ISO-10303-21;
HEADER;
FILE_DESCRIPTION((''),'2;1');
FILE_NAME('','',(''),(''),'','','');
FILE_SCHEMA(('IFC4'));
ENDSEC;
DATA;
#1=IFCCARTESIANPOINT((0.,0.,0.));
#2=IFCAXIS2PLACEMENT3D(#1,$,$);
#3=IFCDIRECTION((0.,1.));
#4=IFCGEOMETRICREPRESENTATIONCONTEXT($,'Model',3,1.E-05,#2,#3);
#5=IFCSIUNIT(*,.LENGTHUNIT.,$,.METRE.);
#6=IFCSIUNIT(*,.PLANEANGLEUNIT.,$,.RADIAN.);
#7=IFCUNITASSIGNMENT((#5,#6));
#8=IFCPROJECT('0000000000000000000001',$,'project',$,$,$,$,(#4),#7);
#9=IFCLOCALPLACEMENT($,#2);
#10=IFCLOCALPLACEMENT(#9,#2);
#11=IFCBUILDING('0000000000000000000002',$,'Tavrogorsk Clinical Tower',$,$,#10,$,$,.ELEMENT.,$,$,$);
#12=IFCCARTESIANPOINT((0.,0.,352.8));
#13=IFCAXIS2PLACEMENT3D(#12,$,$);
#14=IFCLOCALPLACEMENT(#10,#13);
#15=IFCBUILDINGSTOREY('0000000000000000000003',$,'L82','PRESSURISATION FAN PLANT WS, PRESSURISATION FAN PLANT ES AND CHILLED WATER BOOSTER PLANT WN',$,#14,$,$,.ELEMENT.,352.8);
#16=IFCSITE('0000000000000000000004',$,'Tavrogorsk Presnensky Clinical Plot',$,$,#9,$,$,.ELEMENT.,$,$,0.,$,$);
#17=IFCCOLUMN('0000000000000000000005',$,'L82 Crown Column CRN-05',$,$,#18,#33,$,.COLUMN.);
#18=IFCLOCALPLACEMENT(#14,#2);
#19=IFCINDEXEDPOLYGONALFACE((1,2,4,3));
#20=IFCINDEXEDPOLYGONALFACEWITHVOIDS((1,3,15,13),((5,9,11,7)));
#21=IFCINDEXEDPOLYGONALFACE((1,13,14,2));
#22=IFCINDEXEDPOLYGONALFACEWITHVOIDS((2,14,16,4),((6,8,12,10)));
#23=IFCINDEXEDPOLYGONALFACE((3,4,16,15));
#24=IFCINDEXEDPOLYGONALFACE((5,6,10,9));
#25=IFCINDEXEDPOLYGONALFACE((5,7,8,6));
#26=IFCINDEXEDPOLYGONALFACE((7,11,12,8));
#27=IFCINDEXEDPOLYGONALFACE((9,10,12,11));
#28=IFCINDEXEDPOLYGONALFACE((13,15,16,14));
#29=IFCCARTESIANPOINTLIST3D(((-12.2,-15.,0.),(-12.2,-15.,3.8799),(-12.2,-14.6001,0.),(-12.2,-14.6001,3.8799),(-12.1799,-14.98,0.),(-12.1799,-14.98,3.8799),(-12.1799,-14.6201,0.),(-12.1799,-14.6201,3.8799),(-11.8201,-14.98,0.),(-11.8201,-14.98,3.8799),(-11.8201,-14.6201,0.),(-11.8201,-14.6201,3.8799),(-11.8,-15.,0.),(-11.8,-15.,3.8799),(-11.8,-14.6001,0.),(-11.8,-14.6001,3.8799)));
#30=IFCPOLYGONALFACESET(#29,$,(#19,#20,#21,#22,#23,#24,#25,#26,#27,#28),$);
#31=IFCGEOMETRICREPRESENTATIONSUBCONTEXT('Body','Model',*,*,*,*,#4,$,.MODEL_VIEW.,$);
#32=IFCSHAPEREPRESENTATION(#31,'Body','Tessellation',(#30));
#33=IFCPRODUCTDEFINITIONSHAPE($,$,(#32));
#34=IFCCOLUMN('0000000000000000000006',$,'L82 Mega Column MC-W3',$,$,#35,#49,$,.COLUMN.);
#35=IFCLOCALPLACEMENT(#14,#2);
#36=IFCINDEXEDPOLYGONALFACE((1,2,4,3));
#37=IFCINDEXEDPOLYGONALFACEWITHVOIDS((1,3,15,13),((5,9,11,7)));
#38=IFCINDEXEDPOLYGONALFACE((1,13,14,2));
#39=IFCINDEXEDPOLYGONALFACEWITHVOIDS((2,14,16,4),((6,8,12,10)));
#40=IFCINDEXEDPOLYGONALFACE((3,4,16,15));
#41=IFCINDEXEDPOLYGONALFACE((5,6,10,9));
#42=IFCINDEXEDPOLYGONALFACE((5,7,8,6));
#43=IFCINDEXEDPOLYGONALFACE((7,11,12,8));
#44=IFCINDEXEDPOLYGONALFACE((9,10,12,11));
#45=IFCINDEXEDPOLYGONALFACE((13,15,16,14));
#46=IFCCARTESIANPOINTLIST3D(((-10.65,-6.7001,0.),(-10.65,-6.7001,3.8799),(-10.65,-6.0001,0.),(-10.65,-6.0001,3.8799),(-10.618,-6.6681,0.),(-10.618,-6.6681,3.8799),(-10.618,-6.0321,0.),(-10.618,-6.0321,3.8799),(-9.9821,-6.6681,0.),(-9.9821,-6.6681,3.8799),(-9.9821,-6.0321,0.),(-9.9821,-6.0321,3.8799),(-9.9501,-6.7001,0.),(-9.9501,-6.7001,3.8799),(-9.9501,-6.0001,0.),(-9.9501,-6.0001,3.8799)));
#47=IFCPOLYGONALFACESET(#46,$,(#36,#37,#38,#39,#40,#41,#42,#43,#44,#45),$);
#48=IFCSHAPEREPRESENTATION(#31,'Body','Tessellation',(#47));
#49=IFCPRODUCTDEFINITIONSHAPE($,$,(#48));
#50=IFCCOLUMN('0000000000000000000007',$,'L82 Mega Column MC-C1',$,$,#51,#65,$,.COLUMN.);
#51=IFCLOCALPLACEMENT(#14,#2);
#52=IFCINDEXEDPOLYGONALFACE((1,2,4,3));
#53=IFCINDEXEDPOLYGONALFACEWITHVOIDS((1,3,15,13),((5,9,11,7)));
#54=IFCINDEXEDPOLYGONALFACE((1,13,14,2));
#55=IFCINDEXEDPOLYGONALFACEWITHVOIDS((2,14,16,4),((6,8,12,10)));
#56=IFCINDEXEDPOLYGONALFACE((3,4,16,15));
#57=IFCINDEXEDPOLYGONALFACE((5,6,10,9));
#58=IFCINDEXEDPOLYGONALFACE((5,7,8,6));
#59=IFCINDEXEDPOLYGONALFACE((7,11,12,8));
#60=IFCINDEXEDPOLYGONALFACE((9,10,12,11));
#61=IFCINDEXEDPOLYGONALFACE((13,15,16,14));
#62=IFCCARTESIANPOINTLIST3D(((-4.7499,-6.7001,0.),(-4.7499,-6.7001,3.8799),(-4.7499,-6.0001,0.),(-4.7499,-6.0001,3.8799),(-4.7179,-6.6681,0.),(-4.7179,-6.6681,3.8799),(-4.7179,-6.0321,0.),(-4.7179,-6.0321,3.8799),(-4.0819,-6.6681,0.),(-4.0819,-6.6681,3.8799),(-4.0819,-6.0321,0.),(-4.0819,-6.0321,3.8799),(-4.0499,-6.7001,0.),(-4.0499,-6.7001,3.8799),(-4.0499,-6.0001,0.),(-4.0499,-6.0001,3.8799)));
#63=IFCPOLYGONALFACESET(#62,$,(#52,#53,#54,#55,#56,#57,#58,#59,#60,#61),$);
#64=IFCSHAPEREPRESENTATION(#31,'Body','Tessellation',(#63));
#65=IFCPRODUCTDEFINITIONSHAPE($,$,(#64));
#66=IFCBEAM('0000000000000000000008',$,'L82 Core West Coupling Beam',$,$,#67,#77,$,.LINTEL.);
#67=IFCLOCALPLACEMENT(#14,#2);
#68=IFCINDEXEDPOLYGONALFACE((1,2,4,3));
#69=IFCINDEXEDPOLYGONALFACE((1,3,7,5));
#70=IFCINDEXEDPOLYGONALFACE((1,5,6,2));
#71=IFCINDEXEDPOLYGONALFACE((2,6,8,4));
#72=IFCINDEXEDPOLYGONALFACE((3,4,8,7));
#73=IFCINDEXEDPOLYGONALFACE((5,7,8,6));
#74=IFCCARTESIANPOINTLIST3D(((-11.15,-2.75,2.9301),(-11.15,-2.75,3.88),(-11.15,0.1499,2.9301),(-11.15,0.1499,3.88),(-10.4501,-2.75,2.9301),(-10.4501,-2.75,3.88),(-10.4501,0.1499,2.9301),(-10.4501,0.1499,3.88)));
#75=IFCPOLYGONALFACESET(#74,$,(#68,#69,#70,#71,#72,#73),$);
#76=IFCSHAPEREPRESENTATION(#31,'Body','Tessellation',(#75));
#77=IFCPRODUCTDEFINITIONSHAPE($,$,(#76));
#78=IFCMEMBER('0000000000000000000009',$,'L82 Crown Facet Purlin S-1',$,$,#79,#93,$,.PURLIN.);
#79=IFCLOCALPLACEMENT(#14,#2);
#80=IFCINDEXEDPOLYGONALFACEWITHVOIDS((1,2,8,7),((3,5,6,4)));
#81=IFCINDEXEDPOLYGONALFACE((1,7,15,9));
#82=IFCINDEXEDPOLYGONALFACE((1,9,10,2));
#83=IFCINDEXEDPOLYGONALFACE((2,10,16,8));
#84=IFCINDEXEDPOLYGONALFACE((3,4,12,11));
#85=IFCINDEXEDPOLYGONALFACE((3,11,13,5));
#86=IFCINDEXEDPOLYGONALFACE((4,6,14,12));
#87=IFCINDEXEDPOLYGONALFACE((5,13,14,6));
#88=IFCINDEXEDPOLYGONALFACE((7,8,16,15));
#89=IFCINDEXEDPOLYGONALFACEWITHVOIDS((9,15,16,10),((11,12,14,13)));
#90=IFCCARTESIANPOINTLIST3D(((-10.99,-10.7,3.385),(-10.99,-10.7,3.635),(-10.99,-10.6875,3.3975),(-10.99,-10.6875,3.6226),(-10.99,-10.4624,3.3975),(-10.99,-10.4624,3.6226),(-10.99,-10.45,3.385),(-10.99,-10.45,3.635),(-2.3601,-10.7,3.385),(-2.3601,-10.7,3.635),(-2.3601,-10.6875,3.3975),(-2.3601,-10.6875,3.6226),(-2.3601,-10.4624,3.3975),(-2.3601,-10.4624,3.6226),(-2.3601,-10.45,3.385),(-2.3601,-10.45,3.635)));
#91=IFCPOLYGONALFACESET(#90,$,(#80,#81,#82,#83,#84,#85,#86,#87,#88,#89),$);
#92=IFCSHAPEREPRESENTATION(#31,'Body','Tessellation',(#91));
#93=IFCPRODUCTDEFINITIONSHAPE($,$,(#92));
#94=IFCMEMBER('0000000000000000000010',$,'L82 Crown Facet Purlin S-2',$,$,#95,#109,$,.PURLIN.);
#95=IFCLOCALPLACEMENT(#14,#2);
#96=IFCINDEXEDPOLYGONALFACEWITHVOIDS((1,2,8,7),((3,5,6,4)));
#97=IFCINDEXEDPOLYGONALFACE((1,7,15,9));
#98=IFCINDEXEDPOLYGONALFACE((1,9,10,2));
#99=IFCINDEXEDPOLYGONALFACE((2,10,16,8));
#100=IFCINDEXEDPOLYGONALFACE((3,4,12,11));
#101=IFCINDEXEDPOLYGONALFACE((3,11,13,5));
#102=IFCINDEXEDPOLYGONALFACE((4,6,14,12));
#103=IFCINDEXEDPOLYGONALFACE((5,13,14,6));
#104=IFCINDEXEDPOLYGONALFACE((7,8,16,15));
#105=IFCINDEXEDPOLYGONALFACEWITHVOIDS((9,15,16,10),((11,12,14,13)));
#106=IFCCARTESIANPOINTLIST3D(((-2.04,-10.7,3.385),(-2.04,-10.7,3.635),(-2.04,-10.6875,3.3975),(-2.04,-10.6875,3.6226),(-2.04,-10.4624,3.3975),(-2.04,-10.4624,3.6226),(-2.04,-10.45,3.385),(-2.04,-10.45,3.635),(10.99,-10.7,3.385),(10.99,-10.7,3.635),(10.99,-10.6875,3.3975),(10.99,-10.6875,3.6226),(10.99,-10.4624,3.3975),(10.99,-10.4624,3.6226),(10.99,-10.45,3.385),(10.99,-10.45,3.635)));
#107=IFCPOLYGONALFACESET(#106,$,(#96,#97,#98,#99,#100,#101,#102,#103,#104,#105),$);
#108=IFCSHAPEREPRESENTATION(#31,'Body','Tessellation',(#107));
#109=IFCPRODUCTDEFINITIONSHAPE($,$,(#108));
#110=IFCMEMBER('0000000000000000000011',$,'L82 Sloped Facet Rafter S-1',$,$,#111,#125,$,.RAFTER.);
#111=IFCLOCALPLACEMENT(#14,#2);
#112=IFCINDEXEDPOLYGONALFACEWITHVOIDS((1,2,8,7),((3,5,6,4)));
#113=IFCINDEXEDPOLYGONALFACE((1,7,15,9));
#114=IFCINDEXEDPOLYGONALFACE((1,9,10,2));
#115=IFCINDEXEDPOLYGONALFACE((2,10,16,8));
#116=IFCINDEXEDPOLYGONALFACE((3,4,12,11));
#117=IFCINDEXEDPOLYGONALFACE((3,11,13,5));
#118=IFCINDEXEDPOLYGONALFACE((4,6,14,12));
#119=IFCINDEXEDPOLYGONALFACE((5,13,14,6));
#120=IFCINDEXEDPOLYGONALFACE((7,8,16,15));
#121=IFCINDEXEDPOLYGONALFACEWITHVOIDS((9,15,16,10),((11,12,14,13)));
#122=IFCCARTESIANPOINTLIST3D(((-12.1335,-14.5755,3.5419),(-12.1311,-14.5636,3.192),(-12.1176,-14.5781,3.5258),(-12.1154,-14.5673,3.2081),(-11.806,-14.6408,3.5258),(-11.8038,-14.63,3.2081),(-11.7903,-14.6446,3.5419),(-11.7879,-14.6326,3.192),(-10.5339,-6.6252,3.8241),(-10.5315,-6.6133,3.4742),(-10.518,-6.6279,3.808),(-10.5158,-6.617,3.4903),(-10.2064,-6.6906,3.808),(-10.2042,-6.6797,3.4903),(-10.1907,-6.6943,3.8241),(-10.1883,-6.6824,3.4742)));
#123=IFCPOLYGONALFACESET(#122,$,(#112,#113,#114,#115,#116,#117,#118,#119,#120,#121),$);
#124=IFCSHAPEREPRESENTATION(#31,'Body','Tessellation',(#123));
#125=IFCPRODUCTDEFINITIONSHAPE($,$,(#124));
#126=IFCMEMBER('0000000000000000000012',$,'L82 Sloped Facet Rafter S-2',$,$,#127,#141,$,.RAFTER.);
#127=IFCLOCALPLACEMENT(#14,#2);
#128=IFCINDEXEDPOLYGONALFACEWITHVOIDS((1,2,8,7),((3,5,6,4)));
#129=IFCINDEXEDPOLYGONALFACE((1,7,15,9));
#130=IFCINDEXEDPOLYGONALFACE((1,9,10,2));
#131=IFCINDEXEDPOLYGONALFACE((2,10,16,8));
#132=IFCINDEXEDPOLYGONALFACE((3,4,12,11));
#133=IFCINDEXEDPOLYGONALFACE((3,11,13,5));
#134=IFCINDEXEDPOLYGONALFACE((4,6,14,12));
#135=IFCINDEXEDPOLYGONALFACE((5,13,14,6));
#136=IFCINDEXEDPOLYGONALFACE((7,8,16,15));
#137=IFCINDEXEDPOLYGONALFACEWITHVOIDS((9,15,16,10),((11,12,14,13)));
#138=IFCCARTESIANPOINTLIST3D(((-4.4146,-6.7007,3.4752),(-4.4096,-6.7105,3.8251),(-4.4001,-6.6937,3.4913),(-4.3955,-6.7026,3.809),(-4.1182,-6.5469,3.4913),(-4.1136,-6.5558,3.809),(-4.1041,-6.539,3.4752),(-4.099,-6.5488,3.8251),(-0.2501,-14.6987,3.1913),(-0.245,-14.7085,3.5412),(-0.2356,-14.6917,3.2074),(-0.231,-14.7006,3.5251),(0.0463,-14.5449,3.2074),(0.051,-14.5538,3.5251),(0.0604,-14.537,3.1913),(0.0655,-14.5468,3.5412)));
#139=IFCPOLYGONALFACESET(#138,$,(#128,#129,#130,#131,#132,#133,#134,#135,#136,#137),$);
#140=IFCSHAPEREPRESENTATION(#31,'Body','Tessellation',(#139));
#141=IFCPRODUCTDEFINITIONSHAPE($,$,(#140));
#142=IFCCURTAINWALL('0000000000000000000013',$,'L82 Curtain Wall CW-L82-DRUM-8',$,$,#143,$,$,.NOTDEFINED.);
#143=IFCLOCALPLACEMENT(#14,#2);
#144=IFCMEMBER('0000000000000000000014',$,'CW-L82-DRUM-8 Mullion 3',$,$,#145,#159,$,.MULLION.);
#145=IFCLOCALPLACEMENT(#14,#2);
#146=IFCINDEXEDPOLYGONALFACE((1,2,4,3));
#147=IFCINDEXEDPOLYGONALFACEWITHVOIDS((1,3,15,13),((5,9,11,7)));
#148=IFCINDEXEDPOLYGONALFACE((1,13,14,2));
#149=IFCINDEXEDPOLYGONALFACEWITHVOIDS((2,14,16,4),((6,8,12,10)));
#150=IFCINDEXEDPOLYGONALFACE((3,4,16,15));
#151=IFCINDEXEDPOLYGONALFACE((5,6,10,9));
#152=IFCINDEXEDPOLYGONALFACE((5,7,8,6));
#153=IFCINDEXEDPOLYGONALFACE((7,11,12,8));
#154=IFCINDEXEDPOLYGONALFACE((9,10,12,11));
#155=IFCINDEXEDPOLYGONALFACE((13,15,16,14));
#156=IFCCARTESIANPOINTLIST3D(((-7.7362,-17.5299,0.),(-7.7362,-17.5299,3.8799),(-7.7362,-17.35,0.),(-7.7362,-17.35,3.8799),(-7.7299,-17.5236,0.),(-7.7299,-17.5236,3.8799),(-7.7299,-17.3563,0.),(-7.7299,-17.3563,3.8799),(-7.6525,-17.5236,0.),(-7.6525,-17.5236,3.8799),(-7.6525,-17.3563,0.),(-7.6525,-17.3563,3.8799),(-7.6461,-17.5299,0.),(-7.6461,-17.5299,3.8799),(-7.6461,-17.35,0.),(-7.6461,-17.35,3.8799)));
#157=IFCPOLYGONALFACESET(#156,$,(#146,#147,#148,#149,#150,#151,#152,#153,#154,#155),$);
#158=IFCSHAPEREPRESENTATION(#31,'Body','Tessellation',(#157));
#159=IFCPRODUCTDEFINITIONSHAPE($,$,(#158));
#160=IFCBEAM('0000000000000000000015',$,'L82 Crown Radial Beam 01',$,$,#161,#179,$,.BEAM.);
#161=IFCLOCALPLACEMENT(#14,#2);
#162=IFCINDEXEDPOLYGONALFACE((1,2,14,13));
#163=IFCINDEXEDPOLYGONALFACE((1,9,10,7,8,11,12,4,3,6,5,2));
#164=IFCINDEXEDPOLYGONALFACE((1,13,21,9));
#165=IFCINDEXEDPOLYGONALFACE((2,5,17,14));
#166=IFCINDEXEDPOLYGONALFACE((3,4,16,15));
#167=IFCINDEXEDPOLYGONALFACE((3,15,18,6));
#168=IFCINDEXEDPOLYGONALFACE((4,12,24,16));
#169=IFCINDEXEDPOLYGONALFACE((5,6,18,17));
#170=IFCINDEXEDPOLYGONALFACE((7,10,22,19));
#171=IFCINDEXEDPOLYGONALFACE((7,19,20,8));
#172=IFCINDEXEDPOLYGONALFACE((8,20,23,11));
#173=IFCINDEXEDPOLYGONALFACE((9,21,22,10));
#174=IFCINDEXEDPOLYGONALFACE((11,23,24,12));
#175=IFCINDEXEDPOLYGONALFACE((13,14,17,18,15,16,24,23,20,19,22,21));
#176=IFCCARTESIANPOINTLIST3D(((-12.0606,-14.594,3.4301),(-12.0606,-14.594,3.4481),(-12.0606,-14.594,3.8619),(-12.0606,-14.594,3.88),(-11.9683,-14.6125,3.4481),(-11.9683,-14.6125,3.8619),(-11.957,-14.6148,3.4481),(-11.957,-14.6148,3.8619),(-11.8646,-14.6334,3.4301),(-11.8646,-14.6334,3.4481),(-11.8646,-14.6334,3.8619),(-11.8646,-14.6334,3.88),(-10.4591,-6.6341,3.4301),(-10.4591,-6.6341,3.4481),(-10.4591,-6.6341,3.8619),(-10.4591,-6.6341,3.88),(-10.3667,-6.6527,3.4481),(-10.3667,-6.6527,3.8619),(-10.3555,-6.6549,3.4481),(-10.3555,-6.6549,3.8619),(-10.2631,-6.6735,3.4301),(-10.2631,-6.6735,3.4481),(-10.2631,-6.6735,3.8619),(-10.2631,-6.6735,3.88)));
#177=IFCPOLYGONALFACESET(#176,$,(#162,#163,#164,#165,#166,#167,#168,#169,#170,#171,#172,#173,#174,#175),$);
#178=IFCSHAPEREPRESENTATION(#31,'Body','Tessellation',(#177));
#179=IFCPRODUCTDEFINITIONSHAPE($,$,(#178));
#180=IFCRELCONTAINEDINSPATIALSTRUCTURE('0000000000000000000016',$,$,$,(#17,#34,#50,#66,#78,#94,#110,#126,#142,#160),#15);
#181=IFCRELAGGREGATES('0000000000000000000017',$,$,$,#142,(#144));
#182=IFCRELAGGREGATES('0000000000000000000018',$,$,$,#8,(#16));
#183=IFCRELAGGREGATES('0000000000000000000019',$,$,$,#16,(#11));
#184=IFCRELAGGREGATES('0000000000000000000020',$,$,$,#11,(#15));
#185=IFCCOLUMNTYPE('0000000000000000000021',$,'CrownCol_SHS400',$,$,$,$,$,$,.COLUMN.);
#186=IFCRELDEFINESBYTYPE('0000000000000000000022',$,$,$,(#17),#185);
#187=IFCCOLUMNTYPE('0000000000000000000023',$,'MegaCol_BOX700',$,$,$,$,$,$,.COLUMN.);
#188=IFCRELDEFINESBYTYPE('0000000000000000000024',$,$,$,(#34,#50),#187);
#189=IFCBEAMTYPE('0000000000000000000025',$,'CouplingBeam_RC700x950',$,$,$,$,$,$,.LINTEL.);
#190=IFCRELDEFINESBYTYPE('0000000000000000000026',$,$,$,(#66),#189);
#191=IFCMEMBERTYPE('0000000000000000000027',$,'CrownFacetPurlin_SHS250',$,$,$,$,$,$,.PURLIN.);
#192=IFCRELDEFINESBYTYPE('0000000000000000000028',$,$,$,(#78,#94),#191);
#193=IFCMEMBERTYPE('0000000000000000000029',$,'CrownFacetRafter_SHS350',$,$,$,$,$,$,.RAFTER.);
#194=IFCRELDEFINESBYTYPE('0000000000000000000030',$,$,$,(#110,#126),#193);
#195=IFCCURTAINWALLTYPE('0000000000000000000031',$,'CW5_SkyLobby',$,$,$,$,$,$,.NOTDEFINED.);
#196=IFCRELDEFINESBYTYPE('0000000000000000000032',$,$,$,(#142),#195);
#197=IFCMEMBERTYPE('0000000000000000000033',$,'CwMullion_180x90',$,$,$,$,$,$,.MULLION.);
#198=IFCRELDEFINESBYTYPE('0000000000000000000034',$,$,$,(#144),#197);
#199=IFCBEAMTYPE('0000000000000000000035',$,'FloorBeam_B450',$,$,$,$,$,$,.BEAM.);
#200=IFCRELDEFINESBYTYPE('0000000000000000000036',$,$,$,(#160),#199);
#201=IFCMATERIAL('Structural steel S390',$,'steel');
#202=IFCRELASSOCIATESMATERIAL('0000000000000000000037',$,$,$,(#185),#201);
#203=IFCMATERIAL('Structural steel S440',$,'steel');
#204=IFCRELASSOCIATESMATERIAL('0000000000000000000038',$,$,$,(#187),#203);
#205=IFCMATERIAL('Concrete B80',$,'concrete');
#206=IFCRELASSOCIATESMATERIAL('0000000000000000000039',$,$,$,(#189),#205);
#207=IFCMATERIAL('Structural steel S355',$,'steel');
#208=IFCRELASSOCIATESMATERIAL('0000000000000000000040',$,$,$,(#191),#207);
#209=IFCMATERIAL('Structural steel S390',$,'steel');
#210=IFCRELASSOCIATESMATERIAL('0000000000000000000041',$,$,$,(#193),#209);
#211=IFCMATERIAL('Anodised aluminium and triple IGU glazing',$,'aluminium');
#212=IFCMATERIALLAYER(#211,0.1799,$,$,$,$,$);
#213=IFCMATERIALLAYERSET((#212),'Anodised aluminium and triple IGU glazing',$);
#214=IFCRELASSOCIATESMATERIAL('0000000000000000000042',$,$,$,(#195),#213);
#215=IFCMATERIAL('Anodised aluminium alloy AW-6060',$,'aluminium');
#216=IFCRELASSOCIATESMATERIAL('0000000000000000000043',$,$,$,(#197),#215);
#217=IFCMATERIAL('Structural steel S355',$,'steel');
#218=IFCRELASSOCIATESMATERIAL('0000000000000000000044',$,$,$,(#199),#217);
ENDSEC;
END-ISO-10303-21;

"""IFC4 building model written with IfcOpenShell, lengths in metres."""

from ifc_helpers import new_model, si_unit, direction, frame, origin, origin_2d, place, context, subcontext, project, spatial, rectangle, hollow_rectangle, i_section, extrude, material, layer, layer_set, material_profile, profile_set, type_object, element, aggregate, save


model = new_model("IFC4")

# Units and contexts
model_context = context("Model", 3, precision=1e-05, world=origin(), true_north=direction((0.0, 1.0)))
body_context = subcontext(model_context, "Body", "Model", "MODEL_VIEW")
ifc_project = project(units=[si_unit("LENGTHUNIT", "METRE"), si_unit("PLANEANGLEUNIT", "RADIAN")], contexts=[model_context])

# Site, building, storey
site_placement = place(None, origin())
site = spatial("IfcSite", under=ifc_project, at=site_placement, Name="Tavrogorsk Presnensky Clinical Plot", CompositionType="ELEMENT", RefElevation=0.0)
building_placement = place(site_placement, origin())
building = spatial("IfcBuilding", under=site, at=building_placement, Name="Tavrogorsk Clinical Tower", CompositionType="ELEMENT")
storey_placement = place(building_placement, frame((0.0, 0.0, 352.8)))
storey = spatial("IfcBuildingStorey", under=building, at=storey_placement, Name="L82", Description="PRESSURISATION FAN PLANT WS, PRESSURISATION FAN PLANT ES AND CHILLED WATER BOOSTER PLANT WN", CompositionType="ELEMENT", Elevation=352.8)

# Columns
ifc_material_1 = material(Name="Structural steel S390", Category="steel")
ifc_material_profile_1 = material_profile(ifc_material_1, hollow_rectangle(XDim=0.3999, YDim=0.3999, WallThickness=0.02, at=origin_2d()), Name="SHS-400x400x20")
ifc_profile_set_1 = profile_set([ifc_material_profile_1], Name="Structural steel S390")
column_type_1 = type_object("IfcColumnType", Name="CrownCol_SHS400", PredefinedType="COLUMN", material=ifc_profile_set_1)
column_placement = place(storey_placement, frame((-12.0, -14.8, 0.0), z_axis=(0.0, 0.0, 1.0), x_axis=(1.0, 0.0, 0.0)))
element("IfcColumn", 1, at=column_placement, inside=storey, type_object=column_type_1, Name="L82 Crown Column CRN-05", PredefinedType="COLUMN", context=body_context, shape_type="SweptSolid", body=[
    extrude(hollow_rectangle(XDim=0.3999, YDim=0.3999, WallThickness=0.02, at=origin_2d()), origin(), (0.0, 0.0, 1.0), 3.8799),
])
ifc_material_2 = material(Name="Structural steel S440", Category="steel")
ifc_material_profile_2 = material_profile(ifc_material_2, hollow_rectangle(XDim=0.7, YDim=0.7, WallThickness=0.032, at=origin_2d()), Name="BOX-700x700x32")
ifc_profile_set_2 = profile_set([ifc_material_profile_2], Name="Structural steel S440")
column_type_2 = type_object("IfcColumnType", Name="MegaCol_BOX700", PredefinedType="COLUMN", material=ifc_profile_set_2)
for number, where, z_axis, x_axis, name in (
    (2, (-10.3, -6.3501, 0.0), (0.0, 0.0, 1.0), (1.0, 0.0, 0.0), "L82 Mega Column MC-W3"),
    (3, (-4.3999, -6.3501, 0.0), (0.0, 0.0, 1.0), (1.0, 0.0, 0.0), "L82 Mega Column MC-C1"),
):
    element("IfcColumn", number, at=place(storey_placement, frame(where, z_axis=z_axis, x_axis=x_axis)), inside=storey, type_object=column_type_2, Name=name, PredefinedType="COLUMN", context=body_context, shape_type="SweptSolid", body=[
        extrude(hollow_rectangle(XDim=0.7, YDim=0.7, WallThickness=0.032, at=origin_2d()), origin(), (0.0, 0.0, 1.0), 3.8799),
    ])

# Beam
ifc_material_3 = material(Name="Concrete B80", Category="concrete")
ifc_material_profile_3 = material_profile(ifc_material_3, rectangle(XDim=0.7, YDim=0.95, at=origin_2d()), Name="RC-CB-700x950")
ifc_profile_set_3 = profile_set([ifc_material_profile_3], Name="Concrete B80")
beam_type_1 = type_object("IfcBeamType", Name="CouplingBeam_RC700x950", PredefinedType="LINTEL", material=ifc_profile_set_3)
beam_1_placement = place(storey_placement, frame((-10.8, -2.75, 3.405), z_axis=(0.0, 1.0, 0.0), x_axis=(-1.0, 0.0, 0.0)))
element("IfcBeam", 4, at=beam_1_placement, inside=storey, type_object=beam_type_1, Name="L82 Core West Coupling Beam", PredefinedType="LINTEL", context=body_context, shape_type="SweptSolid", body=[
    extrude(rectangle(XDim=0.7, YDim=0.95, at=origin_2d()), origin(), (0.0, 0.0, 1.0), 2.8999),
])

# Members
ifc_material_4 = material(Name="Structural steel S355", Category="steel")
ifc_material_profile_4 = material_profile(ifc_material_4, hollow_rectangle(XDim=0.25, YDim=0.25, WallThickness=0.0125, at=origin_2d()), Name="SHS-250x250x12.5")
ifc_profile_set_4 = profile_set([ifc_material_profile_4], Name="Structural steel S355")
member_type_1 = type_object("IfcMemberType", Name="CrownFacetPurlin_SHS250", PredefinedType="PURLIN", material=ifc_profile_set_4)
member_1_placement = place(storey_placement, frame((-10.99, -10.575, 3.51), z_axis=(1.0, 0.0, 0.0), x_axis=(0.0, 1.0, 0.0)))
element("IfcMember", 5, at=member_1_placement, inside=storey, type_object=member_type_1, Name="L82 Crown Facet Purlin S-1", PredefinedType="PURLIN", context=body_context, shape_type="SweptSolid", body=[
    extrude(hollow_rectangle(XDim=0.25, YDim=0.25, WallThickness=0.0125, at=origin_2d()), origin(), (0.0, 0.0, 1.0), 8.6299),
])
member_2_placement = place(storey_placement, frame((-2.04, -10.575, 3.51), z_axis=(1.0, 0.0, 0.0), x_axis=(0.0, 1.0, 0.0)))
element("IfcMember", 6, at=member_2_placement, inside=storey, type_object=member_type_1, Name="L82 Crown Facet Purlin S-2", PredefinedType="PURLIN", context=body_context, shape_type="SweptSolid", body=[
    extrude(hollow_rectangle(XDim=0.25, YDim=0.25, WallThickness=0.0125, at=origin_2d()), origin(), (0.0, 0.0, 1.0), 13.03),
])
ifc_material_5 = material(Name="Structural steel S390", Category="steel")
ifc_material_profile_5 = material_profile(ifc_material_5, hollow_rectangle(XDim=0.3501, YDim=0.3501, WallThickness=0.0161, at=origin_2d()), Name="SHS-350x350x16")
ifc_profile_set_5 = profile_set([ifc_material_profile_5], Name="Structural steel S390")
member_type_2 = type_object("IfcMemberType", Name="CrownFacetRafter_SHS350", PredefinedType="RAFTER", material=ifc_profile_set_5)
member_3_placement = place(storey_placement, frame((-10.3611, -6.6538, 3.6492), z_axis=(-0.197131, -0.97976, -0.034781), x_axis=(0.980353, -0.197251, 0.0)))
element("IfcMember", 7, at=member_3_placement, inside=storey, type_object=member_type_2, Name="L82 Sloped Facet Rafter S-1", PredefinedType="RAFTER", context=body_context, shape_type="SweptSolid", body=[
    extrude(hollow_rectangle(XDim=0.3501, YDim=0.3501, WallThickness=0.0161, at=origin_2d()), origin(), (0.0, 0.0, 1.0), 8.1145),
])
member_4_placement = place(storey_placement, frame((-4.2568, -6.6248, 3.6501), z_axis=(0.46161, -0.886525, -0.031472), x_axis=(0.886964, 0.461839, 0.0)))
element("IfcMember", 8, at=member_4_placement, inside=storey, type_object=member_type_2, Name="L82 Sloped Facet Rafter S-2", PredefinedType="RAFTER", context=body_context, shape_type="SweptSolid", body=[
    extrude(hollow_rectangle(XDim=0.3501, YDim=0.3501, WallThickness=0.0161, at=origin_2d()), origin(), (0.0, 0.0, 1.0), 9.0217),
])

# Curtain wall, member
ifc_material_6 = material(Name="Anodised aluminium and triple IGU glazing", Category="aluminium")
ifc_layer_1 = layer(ifc_material_6, 0.1799)
ifc_layer_set_1 = layer_set([ifc_layer_1], Name="Anodised aluminium and triple IGU glazing")
curtain_wall_type = type_object("IfcCurtainWallType", Name="CW5_SkyLobby", PredefinedType="NOTDEFINED", material=ifc_layer_set_1)
curtain_wall_placement = place(storey_placement, origin())
curtain_wall = element("IfcCurtainWall", 9, at=curtain_wall_placement, inside=storey, type_object=curtain_wall_type, Name="L82 Curtain Wall CW-L82-DRUM-8", PredefinedType="NOTDEFINED")
ifc_material_7 = material(Name="Anodised aluminium alloy AW-6060", Category="aluminium")
ifc_material_profile_6 = material_profile(ifc_material_7, hollow_rectangle(XDim=0.0901, YDim=0.1799, WallThickness=0.0063, at=origin_2d()), Name="RHS-180x90x6.3")
ifc_profile_set_6 = profile_set([ifc_material_profile_6], Name="Anodised aluminium alloy AW-6060")
member_type_3 = type_object("IfcMemberType", Name="CwMullion_180x90", PredefinedType="MULLION", material=ifc_profile_set_6)
member_5_placement = place(storey_placement, frame((-7.6912, -17.4399, 0.0), z_axis=(0.0, 0.0, 1.0), x_axis=(-1.0, 0.0, 0.0)))
member_5 = element("IfcMember", 10, at=member_5_placement, type_object=member_type_3, Name="CW-L82-DRUM-8 Mullion 3", PredefinedType="MULLION", context=body_context, shape_type="SweptSolid", body=[
    extrude(hollow_rectangle(XDim=0.0901, YDim=0.1799, WallThickness=0.0063, at=origin_2d()), origin(), (0.0, 0.0, 1.0), 3.8799),
])

# Beam
ifc_material_8 = material(Name="Structural steel S355", Category="steel")
ifc_material_profile_7 = material_profile(ifc_material_8, i_section(OverallWidth=0.2, OverallDepth=0.45, WebThickness=0.0115, FlangeThickness=0.0181, at=origin_2d()), Name="B-450x200x11.5x18")
ifc_profile_set_7 = profile_set([ifc_material_profile_7], Name="Structural steel S355")
beam_type_2 = type_object("IfcBeamType", Name="FloorBeam_B450", PredefinedType="BEAM", material=ifc_profile_set_7)
beam_2_placement = place(storey_placement, frame((-10.3611, -6.6538, 3.655), z_axis=(-0.197249, -0.980353, 0.0), x_axis=(0.980353, -0.197249, 0.0)))
element("IfcBeam", 11, at=beam_2_placement, inside=storey, type_object=beam_type_2, Name="L82 Crown Radial Beam 01", PredefinedType="BEAM", context=body_context, shape_type="SweptSolid", body=[
    extrude(i_section(OverallWidth=0.2, OverallDepth=0.45, WebThickness=0.0115, FlangeThickness=0.0181, at=origin_2d()), origin(), (0.0, 0.0, 1.0), 8.1194),
])

aggregate(curtain_wall, [member_5])

save(model, "model.ifc")
